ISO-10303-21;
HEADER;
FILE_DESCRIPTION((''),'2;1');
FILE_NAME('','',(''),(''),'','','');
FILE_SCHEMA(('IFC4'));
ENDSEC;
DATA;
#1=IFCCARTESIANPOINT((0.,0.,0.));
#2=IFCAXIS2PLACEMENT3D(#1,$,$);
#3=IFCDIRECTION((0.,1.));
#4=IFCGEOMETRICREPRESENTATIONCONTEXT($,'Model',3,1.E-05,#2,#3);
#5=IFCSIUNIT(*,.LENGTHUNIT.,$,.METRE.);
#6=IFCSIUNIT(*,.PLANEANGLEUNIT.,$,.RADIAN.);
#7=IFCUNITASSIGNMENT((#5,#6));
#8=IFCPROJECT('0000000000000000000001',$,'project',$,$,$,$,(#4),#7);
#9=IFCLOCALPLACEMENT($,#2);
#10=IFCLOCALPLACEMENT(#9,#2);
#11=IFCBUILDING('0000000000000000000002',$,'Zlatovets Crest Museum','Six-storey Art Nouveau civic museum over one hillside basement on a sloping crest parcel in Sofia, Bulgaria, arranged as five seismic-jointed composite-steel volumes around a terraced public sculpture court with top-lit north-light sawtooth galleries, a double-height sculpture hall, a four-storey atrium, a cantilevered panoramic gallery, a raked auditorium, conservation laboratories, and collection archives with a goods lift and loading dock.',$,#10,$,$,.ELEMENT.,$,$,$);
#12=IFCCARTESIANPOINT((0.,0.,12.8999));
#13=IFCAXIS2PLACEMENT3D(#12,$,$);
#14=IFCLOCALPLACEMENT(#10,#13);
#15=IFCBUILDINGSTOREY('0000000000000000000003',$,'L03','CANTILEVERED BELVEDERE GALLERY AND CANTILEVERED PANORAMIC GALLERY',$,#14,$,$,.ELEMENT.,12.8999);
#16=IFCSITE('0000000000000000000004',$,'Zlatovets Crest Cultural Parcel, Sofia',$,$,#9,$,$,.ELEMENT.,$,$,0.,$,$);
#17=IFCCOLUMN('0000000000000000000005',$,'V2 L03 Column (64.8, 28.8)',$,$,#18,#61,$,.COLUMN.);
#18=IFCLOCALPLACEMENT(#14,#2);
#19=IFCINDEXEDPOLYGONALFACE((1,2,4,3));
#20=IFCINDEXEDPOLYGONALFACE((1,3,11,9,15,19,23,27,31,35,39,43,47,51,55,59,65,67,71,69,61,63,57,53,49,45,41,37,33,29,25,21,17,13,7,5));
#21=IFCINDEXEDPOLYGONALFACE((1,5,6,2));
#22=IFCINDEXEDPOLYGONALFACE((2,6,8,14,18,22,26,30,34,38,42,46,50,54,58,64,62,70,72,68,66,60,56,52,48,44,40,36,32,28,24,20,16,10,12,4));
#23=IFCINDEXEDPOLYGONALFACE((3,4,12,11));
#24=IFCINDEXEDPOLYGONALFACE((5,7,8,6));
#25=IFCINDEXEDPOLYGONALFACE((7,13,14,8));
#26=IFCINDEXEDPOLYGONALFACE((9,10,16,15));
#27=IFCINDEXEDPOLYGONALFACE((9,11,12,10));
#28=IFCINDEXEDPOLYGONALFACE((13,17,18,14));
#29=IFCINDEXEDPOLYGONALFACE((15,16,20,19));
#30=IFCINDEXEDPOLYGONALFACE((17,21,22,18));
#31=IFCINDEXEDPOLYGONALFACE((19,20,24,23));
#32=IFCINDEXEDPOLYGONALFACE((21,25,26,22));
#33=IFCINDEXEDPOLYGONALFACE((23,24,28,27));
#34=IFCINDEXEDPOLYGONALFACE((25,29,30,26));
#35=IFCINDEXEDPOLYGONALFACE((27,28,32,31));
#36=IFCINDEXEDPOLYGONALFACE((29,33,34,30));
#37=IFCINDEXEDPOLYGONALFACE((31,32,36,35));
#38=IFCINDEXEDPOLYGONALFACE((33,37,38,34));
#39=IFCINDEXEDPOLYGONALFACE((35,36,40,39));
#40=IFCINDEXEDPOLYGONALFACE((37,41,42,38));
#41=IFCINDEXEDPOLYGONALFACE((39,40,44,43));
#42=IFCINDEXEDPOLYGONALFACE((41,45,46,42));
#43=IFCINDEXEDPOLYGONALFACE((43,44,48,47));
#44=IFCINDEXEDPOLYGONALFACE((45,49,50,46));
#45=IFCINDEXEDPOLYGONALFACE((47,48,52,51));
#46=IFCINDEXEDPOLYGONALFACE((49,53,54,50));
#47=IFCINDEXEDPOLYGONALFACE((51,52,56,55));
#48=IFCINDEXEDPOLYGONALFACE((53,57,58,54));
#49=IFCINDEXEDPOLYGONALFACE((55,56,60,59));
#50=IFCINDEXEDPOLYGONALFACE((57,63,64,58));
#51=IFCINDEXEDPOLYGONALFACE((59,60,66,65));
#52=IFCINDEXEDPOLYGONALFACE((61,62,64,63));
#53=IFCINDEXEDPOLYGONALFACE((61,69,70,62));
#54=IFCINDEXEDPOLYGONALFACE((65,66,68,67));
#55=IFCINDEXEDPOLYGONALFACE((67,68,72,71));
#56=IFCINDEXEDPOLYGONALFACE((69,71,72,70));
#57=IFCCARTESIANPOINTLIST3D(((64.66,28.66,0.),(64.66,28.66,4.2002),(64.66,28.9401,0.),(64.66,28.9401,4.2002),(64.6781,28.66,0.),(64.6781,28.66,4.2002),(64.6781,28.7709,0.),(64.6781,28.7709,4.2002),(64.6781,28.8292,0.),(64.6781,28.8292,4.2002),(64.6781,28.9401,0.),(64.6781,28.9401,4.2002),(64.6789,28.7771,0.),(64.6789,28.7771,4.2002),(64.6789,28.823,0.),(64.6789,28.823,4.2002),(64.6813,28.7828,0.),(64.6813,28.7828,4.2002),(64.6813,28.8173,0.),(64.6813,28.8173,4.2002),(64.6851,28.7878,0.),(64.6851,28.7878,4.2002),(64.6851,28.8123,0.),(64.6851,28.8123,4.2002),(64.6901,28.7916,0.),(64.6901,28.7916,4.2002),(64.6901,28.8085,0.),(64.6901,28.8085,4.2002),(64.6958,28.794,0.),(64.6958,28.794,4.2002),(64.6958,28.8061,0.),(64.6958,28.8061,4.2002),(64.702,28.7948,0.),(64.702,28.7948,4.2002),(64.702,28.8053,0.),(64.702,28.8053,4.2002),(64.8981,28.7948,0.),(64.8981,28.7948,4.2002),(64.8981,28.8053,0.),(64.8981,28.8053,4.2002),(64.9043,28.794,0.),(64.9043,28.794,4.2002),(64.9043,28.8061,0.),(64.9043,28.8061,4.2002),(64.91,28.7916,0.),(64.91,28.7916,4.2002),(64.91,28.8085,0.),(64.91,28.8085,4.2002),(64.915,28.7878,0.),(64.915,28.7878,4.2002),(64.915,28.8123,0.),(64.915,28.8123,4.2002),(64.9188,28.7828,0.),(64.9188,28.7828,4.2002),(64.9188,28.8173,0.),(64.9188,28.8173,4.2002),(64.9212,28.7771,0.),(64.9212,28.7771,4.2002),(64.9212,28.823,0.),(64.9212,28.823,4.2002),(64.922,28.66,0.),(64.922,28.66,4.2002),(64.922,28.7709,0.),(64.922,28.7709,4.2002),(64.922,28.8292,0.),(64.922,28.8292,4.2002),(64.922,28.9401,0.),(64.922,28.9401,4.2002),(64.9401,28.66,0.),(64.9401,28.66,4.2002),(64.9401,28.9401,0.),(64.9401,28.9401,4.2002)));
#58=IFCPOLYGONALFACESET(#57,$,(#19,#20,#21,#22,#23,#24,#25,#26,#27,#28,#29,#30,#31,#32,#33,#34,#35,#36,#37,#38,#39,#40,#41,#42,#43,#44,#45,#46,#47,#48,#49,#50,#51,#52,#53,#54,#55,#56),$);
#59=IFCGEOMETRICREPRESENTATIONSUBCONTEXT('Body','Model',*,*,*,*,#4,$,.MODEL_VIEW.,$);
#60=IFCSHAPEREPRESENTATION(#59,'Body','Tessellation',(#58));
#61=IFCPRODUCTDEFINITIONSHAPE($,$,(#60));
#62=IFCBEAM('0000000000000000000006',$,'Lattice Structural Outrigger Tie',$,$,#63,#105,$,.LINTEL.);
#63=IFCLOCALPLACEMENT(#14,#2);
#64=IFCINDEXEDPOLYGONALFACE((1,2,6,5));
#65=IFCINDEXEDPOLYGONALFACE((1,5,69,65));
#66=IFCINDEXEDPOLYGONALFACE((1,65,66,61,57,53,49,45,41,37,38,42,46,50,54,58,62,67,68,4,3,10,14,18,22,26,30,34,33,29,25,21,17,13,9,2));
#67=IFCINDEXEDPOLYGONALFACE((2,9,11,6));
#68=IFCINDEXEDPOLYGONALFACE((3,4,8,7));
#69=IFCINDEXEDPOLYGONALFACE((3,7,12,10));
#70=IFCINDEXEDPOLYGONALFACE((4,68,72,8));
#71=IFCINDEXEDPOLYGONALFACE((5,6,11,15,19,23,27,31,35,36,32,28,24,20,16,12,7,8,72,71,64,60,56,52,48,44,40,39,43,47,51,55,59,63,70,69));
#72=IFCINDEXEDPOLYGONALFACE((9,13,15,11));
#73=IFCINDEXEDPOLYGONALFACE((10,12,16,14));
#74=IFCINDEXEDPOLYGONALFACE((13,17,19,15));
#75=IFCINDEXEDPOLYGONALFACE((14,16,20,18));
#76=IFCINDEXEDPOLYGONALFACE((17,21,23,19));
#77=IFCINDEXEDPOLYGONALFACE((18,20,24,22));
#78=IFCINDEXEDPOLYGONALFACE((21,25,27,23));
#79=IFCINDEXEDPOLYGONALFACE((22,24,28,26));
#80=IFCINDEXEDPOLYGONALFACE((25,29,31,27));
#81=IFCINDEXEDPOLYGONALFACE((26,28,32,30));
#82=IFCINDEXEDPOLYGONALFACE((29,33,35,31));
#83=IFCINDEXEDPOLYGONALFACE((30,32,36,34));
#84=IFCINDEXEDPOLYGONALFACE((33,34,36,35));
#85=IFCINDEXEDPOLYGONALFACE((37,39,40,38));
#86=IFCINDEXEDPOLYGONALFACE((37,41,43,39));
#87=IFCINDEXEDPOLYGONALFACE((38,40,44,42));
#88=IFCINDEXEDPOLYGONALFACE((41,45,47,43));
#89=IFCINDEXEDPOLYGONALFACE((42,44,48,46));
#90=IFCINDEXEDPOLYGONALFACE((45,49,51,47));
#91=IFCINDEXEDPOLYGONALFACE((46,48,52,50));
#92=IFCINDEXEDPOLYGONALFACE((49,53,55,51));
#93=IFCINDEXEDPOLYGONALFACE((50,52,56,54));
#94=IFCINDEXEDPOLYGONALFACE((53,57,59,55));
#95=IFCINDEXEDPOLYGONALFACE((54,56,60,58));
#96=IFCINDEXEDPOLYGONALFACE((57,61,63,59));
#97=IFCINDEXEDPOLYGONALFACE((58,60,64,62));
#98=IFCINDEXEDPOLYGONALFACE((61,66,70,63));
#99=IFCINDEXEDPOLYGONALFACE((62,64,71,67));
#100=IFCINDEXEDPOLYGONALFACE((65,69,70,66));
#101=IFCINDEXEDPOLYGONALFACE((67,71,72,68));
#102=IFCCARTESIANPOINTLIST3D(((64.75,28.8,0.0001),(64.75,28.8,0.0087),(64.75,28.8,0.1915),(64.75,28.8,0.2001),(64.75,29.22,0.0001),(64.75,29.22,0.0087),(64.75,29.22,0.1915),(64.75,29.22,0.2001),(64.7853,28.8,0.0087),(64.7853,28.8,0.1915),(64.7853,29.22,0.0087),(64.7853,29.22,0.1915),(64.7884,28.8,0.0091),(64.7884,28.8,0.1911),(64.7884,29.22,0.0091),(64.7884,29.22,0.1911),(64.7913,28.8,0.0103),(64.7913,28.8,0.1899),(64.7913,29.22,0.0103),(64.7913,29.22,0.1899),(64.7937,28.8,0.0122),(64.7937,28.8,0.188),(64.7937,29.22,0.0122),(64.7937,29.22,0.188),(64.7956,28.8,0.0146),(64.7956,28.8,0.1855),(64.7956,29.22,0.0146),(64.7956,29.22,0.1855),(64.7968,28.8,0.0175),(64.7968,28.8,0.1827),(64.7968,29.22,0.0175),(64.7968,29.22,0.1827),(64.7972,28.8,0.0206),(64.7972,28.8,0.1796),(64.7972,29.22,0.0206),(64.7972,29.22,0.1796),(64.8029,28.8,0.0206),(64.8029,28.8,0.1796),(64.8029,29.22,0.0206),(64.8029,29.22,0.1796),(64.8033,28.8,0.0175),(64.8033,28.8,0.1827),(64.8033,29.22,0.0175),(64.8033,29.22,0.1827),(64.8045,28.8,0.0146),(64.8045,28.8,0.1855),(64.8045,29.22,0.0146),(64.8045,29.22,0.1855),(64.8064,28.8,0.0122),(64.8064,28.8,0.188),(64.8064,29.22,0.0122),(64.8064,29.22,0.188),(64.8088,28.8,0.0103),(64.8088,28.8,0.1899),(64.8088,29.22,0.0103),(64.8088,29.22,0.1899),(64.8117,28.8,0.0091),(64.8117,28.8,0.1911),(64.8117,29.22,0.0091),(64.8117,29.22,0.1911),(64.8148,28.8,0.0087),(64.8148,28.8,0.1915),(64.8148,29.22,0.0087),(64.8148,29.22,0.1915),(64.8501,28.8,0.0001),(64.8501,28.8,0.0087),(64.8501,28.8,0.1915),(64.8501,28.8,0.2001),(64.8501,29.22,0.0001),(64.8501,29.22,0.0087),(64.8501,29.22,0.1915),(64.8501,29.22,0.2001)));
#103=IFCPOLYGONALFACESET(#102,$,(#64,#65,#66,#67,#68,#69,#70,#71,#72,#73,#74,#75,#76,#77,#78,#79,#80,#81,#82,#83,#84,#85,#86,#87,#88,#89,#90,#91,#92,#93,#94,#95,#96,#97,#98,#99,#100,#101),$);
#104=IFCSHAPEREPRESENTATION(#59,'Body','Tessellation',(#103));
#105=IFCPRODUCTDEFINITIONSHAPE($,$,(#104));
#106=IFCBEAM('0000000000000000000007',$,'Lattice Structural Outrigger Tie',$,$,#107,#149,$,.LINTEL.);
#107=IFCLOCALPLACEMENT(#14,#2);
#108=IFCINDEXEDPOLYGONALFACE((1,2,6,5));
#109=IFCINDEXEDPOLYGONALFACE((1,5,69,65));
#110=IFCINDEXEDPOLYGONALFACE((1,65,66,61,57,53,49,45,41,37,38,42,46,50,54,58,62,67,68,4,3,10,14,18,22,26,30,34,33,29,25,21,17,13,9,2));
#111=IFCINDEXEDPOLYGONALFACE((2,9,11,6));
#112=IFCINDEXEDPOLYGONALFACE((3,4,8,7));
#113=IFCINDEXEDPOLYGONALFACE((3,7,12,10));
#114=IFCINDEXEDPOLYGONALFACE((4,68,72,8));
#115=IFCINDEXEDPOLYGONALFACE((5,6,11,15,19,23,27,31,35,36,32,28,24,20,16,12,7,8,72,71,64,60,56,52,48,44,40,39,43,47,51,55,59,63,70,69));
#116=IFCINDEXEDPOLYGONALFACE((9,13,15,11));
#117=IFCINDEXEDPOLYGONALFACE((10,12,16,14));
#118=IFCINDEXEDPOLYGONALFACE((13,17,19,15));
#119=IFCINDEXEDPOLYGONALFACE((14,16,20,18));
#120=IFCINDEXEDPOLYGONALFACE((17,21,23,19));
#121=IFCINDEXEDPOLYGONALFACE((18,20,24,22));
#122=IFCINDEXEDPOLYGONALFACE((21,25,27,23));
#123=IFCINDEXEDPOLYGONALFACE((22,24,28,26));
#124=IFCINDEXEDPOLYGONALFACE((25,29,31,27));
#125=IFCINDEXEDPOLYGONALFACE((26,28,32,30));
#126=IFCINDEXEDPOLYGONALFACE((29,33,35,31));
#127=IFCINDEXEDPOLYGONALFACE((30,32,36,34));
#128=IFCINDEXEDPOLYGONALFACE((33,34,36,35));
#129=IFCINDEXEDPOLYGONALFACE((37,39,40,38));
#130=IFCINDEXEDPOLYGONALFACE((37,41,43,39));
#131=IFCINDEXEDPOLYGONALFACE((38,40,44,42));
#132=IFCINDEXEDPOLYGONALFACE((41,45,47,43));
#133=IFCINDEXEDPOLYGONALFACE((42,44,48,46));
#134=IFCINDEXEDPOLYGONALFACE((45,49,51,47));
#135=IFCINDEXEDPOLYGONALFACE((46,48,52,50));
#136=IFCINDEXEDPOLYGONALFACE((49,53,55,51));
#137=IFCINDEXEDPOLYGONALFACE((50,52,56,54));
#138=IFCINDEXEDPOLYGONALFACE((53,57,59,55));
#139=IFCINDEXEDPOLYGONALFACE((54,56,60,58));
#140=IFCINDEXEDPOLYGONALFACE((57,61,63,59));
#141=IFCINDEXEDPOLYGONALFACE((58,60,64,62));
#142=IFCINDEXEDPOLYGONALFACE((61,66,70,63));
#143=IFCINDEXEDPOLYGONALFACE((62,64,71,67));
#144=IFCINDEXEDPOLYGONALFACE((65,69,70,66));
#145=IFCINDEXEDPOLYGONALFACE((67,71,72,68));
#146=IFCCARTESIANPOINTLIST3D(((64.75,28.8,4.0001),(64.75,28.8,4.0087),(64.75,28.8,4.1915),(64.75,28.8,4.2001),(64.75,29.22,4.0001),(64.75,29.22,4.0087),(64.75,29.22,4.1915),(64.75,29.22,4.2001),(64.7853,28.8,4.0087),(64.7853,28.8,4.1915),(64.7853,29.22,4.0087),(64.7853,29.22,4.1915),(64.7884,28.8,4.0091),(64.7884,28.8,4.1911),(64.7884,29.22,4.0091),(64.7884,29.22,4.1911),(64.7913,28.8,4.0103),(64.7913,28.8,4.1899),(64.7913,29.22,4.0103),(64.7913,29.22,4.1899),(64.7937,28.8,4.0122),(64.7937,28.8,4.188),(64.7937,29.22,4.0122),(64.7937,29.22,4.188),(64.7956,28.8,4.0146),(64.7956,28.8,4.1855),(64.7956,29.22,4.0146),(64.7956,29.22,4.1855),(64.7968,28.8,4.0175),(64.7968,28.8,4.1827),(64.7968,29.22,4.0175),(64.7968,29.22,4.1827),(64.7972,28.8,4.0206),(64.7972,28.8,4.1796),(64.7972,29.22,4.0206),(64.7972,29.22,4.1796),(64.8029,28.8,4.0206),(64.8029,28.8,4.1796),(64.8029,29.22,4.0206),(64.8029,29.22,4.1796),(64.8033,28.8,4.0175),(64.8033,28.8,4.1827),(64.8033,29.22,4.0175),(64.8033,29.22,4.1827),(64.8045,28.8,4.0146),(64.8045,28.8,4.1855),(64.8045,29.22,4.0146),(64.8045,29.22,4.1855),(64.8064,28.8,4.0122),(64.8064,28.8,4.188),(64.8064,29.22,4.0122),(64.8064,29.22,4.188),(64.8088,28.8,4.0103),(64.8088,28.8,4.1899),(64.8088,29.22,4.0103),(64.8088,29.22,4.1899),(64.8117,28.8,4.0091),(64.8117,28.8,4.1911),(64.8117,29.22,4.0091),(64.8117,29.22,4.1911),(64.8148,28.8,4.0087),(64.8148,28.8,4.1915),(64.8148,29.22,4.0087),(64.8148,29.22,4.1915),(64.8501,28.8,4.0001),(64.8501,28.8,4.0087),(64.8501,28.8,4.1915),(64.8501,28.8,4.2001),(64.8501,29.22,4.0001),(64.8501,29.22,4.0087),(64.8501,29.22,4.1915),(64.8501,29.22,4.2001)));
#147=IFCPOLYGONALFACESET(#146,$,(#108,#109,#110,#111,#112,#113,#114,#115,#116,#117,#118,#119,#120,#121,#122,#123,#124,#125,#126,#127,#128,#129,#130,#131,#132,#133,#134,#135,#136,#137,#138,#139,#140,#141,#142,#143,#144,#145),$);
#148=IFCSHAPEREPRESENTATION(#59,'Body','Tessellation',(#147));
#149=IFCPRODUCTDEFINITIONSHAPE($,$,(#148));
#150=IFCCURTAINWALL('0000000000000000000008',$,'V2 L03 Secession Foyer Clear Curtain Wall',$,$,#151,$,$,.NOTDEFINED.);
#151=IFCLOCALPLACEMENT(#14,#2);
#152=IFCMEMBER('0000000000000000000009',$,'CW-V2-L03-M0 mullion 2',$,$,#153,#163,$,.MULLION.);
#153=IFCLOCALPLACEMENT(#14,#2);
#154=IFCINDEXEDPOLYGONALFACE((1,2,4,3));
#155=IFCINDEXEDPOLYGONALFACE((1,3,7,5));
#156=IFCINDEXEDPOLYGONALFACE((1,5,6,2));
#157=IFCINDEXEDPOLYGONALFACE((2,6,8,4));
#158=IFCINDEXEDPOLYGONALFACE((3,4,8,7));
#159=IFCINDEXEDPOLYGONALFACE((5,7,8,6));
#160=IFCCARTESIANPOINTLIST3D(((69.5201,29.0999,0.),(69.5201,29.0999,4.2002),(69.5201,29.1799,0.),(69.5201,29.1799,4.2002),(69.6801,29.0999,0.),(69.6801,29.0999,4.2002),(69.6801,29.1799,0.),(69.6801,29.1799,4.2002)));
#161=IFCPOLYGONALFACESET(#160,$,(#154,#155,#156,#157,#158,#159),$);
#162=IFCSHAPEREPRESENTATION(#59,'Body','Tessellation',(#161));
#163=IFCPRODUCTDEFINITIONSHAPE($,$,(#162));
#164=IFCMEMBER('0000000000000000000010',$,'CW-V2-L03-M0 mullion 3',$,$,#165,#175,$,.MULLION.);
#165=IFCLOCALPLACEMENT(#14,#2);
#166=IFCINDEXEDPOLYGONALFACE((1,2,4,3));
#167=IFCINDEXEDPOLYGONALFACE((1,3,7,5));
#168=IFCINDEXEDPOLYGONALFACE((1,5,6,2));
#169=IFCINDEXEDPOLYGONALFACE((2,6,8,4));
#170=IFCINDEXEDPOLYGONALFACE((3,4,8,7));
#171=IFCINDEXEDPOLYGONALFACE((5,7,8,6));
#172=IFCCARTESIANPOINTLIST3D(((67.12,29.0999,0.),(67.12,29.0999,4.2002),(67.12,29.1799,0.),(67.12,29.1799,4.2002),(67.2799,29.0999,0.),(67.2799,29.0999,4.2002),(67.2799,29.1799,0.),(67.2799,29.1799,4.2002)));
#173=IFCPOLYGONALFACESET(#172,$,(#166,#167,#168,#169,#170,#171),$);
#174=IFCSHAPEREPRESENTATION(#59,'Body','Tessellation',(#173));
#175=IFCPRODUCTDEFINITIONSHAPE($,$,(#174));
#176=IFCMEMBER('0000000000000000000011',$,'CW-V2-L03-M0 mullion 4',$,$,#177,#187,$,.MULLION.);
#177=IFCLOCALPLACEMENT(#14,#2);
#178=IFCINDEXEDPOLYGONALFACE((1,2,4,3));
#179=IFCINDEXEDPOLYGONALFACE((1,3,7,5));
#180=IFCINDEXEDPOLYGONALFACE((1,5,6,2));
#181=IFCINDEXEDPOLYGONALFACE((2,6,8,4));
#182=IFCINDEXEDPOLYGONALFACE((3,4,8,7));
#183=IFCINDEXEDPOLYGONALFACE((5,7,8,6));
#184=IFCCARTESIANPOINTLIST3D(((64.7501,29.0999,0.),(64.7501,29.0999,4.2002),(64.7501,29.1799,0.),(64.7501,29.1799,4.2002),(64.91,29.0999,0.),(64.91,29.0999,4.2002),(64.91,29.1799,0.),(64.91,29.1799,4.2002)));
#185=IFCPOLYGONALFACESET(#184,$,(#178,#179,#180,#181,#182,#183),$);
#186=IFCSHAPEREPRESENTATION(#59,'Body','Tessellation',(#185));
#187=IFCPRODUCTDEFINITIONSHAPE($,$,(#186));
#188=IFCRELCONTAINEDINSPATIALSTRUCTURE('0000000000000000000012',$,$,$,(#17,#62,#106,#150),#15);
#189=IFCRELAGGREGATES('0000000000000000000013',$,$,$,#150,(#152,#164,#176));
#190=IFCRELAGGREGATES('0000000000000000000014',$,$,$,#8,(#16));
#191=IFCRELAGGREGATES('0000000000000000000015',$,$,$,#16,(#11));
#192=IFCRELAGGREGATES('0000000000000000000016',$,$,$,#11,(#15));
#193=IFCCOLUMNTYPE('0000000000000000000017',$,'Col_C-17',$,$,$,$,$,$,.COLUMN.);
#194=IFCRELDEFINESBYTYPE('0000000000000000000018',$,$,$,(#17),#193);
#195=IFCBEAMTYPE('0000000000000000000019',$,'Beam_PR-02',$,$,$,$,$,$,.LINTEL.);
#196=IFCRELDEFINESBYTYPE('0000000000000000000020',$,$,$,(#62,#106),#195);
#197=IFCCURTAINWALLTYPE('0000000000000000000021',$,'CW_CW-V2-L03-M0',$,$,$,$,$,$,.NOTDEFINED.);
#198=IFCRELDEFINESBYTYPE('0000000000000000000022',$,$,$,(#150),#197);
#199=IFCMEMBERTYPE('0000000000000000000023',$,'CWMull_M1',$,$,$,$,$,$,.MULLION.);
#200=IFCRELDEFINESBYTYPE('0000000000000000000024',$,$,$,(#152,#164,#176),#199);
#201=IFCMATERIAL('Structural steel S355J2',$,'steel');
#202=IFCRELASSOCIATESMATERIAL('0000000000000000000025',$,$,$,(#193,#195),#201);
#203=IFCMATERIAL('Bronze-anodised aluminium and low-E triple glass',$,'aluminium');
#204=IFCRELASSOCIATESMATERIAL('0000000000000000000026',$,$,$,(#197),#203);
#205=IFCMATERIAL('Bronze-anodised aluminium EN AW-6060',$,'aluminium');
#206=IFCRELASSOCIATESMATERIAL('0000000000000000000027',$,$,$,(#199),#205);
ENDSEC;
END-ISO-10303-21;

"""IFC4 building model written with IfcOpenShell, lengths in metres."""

from ifc_helpers import new_model, si_unit, direction, frame, origin, origin_2d, place, context, subcontext, project, spatial, rectangle, i_section, extrude, material, material_profile, profile_set, type_object, element, aggregate, save


model = new_model("IFC4")

# Units and contexts
model_context = context("Model", 3, precision=1e-05, world=origin(), true_north=direction((0.0, 1.0)))
body_context = subcontext(model_context, "Body", "Model", "MODEL_VIEW")
ifc_project = project(units=[si_unit("LENGTHUNIT", "METRE"), si_unit("PLANEANGLEUNIT", "RADIAN")], contexts=[model_context])

# Site, building, storey
site_placement = place(None, origin())
site = spatial("IfcSite", under=ifc_project, at=site_placement, Name="Zlatovets Crest Cultural Parcel, Sofia", CompositionType="ELEMENT", RefElevation=0.0)
building_placement = place(site_placement, origin())
building = spatial("IfcBuilding", under=site, at=building_placement, Name="Zlatovets Crest Museum", Description="Six-storey Art Nouveau civic museum over one hillside basement on a sloping crest parcel in Sofia, Bulgaria, arranged as five seismic-jointed composite-steel volumes around a terraced public sculpture court with top-lit north-light sawtooth galleries, a double-height sculpture hall, a four-storey atrium, a cantilevered panoramic gallery, a raked auditorium, conservation laboratories, and collection archives with a goods lift and loading dock.", CompositionType="ELEMENT")
storey_placement = place(building_placement, frame((0.0, 0.0, 12.8999)))
storey = spatial("IfcBuildingStorey", under=building, at=storey_placement, Name="L03", Description="CANTILEVERED BELVEDERE GALLERY AND CANTILEVERED PANORAMIC GALLERY", CompositionType="ELEMENT", Elevation=12.8999)

# Column
ifc_material_1 = material(Name="Structural steel S355J2", Category="steel")
ifc_material_profile_1 = material_profile(ifc_material_1, i_section(OverallWidth=0.28, OverallDepth=0.28, WebThickness=0.0105, FlangeThickness=0.0181, FilletRadius=0.0239, at=origin_2d()), Name="HEB 280")
ifc_profile_set_1 = profile_set([ifc_material_profile_1], Name="Structural steel S355J2")
column_type = type_object("IfcColumnType", Name="Col_C-17", PredefinedType="COLUMN", material=ifc_profile_set_1)
column_placement = place(storey_placement, frame((64.8, 28.8, 0.0), z_axis=(0.0, 0.0, 1.0), x_axis=(0.0, 1.0, 0.0)))
element("IfcColumn", 1, at=column_placement, inside=storey, type_object=column_type, Name="V2 L03 Column (64.8, 28.8)", PredefinedType="COLUMN", context=body_context, shape_type="SweptSolid", body=[
    extrude(i_section(OverallWidth=0.28, OverallDepth=0.28, WebThickness=0.0105, FlangeThickness=0.0181, FilletRadius=0.0239, at=origin_2d()), origin(), (0.0, 0.0, 1.0), 4.2002),
])

# Beams
ifc_material_profile_2 = material_profile(ifc_material_1, i_section(OverallWidth=0.1001, OverallDepth=0.2, WebThickness=0.0056, FlangeThickness=0.0085, FilletRadius=0.012, at=origin_2d()), Name="IPE 200")
ifc_profile_set_2 = profile_set([ifc_material_profile_2], Name="Structural steel S355J2")
beam_type = type_object("IfcBeamType", Name="Beam_PR-02", PredefinedType="LINTEL", material=ifc_profile_set_2)
for number, where, z_axis, x_axis, name in (
    (2, (64.8, 28.8, 0.1001), (0.0, 1.0, 0.0), (-1.0, 0.0, 0.0), "Lattice Structural Outrigger Tie"),
    (3, (64.8, 28.8, 4.1001), (0.0, 1.0, 0.0), (-1.0, 0.0, 0.0), "Lattice Structural Outrigger Tie"),
):
    element("IfcBeam", number, at=place(storey_placement, frame(where, z_axis=z_axis, x_axis=x_axis)), inside=storey, type_object=beam_type, Name=name, PredefinedType="LINTEL", context=body_context, shape_type="SweptSolid", body=[
        extrude(i_section(OverallWidth=0.1001, OverallDepth=0.2, WebThickness=0.0056, FlangeThickness=0.0085, FilletRadius=0.012, at=origin_2d()), origin(), (0.0, 0.0, 1.0), 0.4199),
    ])

# Curtain wall, members
ifc_material_2 = material(Name="Bronze-anodised aluminium and low-E triple glass", Category="aluminium")
curtain_wall_type = type_object("IfcCurtainWallType", Name="CW_CW-V2-L03-M0", PredefinedType="NOTDEFINED", material=ifc_material_2)
curtain_wall_placement = place(storey_placement, origin())
curtain_wall = element("IfcCurtainWall", 4, at=curtain_wall_placement, inside=storey, type_object=curtain_wall_type, Name="V2 L03 Secession Foyer Clear Curtain Wall", PredefinedType="NOTDEFINED")
ifc_material_3 = material(Name="Bronze-anodised aluminium EN AW-6060", Category="aluminium")
ifc_material_profile_3 = material_profile(ifc_material_3, rectangle(XDim=0.0801, YDim=0.1599, at=origin_2d()), Name="ALU 80x160")
ifc_profile_set_3 = profile_set([ifc_material_profile_3], Name="Bronze-anodised aluminium EN AW-6060")
member_type_1 = type_object("IfcMemberType", Name="CWMull_M1", PredefinedType="MULLION", material=ifc_profile_set_3)
member_1_placement = place(storey_placement, frame((69.6001, 29.1399, 0.0), z_axis=(0.0, 0.0, 1.0), x_axis=(0.0, -1.0, 0.0)))
member_1 = element("IfcMember", 5, at=member_1_placement, type_object=member_type_1, Name="CW-V2-L03-M0 mullion 2", PredefinedType="MULLION", context=body_context, shape_type="SweptSolid", body=[
    extrude(rectangle(XDim=0.0801, YDim=0.1599, at=origin_2d()), origin(), (0.0, 0.0, 1.0), 4.2002),
])
member_2_placement = place(storey_placement, frame((67.2, 29.1399, 0.0), z_axis=(0.0, 0.0, 1.0), x_axis=(0.0, -1.0, 0.0)))
member_2 = element("IfcMember", 6, at=member_2_placement, type_object=member_type_1, Name="CW-V2-L03-M0 mullion 3", PredefinedType="MULLION", context=body_context, shape_type="SweptSolid", body=[
    extrude(rectangle(XDim=0.0801, YDim=0.1599, at=origin_2d()), origin(), (0.0, 0.0, 1.0), 4.2002),
])
member_3_placement = place(storey_placement, frame((64.8301, 29.1399, 0.0), z_axis=(0.0, 0.0, 1.0), x_axis=(0.0, -1.0, 0.0)))
member_3 = element("IfcMember", 7, at=member_3_placement, type_object=member_type_1, Name="CW-V2-L03-M0 mullion 4", PredefinedType="MULLION", context=body_context, shape_type="SweptSolid", body=[
    extrude(rectangle(XDim=0.0801, YDim=0.1599, at=origin_2d()), origin(), (0.0, 0.0, 1.0), 4.2002),
])

aggregate(curtain_wall, [member_1, member_2, member_3])

save(model, "model.ifc")
